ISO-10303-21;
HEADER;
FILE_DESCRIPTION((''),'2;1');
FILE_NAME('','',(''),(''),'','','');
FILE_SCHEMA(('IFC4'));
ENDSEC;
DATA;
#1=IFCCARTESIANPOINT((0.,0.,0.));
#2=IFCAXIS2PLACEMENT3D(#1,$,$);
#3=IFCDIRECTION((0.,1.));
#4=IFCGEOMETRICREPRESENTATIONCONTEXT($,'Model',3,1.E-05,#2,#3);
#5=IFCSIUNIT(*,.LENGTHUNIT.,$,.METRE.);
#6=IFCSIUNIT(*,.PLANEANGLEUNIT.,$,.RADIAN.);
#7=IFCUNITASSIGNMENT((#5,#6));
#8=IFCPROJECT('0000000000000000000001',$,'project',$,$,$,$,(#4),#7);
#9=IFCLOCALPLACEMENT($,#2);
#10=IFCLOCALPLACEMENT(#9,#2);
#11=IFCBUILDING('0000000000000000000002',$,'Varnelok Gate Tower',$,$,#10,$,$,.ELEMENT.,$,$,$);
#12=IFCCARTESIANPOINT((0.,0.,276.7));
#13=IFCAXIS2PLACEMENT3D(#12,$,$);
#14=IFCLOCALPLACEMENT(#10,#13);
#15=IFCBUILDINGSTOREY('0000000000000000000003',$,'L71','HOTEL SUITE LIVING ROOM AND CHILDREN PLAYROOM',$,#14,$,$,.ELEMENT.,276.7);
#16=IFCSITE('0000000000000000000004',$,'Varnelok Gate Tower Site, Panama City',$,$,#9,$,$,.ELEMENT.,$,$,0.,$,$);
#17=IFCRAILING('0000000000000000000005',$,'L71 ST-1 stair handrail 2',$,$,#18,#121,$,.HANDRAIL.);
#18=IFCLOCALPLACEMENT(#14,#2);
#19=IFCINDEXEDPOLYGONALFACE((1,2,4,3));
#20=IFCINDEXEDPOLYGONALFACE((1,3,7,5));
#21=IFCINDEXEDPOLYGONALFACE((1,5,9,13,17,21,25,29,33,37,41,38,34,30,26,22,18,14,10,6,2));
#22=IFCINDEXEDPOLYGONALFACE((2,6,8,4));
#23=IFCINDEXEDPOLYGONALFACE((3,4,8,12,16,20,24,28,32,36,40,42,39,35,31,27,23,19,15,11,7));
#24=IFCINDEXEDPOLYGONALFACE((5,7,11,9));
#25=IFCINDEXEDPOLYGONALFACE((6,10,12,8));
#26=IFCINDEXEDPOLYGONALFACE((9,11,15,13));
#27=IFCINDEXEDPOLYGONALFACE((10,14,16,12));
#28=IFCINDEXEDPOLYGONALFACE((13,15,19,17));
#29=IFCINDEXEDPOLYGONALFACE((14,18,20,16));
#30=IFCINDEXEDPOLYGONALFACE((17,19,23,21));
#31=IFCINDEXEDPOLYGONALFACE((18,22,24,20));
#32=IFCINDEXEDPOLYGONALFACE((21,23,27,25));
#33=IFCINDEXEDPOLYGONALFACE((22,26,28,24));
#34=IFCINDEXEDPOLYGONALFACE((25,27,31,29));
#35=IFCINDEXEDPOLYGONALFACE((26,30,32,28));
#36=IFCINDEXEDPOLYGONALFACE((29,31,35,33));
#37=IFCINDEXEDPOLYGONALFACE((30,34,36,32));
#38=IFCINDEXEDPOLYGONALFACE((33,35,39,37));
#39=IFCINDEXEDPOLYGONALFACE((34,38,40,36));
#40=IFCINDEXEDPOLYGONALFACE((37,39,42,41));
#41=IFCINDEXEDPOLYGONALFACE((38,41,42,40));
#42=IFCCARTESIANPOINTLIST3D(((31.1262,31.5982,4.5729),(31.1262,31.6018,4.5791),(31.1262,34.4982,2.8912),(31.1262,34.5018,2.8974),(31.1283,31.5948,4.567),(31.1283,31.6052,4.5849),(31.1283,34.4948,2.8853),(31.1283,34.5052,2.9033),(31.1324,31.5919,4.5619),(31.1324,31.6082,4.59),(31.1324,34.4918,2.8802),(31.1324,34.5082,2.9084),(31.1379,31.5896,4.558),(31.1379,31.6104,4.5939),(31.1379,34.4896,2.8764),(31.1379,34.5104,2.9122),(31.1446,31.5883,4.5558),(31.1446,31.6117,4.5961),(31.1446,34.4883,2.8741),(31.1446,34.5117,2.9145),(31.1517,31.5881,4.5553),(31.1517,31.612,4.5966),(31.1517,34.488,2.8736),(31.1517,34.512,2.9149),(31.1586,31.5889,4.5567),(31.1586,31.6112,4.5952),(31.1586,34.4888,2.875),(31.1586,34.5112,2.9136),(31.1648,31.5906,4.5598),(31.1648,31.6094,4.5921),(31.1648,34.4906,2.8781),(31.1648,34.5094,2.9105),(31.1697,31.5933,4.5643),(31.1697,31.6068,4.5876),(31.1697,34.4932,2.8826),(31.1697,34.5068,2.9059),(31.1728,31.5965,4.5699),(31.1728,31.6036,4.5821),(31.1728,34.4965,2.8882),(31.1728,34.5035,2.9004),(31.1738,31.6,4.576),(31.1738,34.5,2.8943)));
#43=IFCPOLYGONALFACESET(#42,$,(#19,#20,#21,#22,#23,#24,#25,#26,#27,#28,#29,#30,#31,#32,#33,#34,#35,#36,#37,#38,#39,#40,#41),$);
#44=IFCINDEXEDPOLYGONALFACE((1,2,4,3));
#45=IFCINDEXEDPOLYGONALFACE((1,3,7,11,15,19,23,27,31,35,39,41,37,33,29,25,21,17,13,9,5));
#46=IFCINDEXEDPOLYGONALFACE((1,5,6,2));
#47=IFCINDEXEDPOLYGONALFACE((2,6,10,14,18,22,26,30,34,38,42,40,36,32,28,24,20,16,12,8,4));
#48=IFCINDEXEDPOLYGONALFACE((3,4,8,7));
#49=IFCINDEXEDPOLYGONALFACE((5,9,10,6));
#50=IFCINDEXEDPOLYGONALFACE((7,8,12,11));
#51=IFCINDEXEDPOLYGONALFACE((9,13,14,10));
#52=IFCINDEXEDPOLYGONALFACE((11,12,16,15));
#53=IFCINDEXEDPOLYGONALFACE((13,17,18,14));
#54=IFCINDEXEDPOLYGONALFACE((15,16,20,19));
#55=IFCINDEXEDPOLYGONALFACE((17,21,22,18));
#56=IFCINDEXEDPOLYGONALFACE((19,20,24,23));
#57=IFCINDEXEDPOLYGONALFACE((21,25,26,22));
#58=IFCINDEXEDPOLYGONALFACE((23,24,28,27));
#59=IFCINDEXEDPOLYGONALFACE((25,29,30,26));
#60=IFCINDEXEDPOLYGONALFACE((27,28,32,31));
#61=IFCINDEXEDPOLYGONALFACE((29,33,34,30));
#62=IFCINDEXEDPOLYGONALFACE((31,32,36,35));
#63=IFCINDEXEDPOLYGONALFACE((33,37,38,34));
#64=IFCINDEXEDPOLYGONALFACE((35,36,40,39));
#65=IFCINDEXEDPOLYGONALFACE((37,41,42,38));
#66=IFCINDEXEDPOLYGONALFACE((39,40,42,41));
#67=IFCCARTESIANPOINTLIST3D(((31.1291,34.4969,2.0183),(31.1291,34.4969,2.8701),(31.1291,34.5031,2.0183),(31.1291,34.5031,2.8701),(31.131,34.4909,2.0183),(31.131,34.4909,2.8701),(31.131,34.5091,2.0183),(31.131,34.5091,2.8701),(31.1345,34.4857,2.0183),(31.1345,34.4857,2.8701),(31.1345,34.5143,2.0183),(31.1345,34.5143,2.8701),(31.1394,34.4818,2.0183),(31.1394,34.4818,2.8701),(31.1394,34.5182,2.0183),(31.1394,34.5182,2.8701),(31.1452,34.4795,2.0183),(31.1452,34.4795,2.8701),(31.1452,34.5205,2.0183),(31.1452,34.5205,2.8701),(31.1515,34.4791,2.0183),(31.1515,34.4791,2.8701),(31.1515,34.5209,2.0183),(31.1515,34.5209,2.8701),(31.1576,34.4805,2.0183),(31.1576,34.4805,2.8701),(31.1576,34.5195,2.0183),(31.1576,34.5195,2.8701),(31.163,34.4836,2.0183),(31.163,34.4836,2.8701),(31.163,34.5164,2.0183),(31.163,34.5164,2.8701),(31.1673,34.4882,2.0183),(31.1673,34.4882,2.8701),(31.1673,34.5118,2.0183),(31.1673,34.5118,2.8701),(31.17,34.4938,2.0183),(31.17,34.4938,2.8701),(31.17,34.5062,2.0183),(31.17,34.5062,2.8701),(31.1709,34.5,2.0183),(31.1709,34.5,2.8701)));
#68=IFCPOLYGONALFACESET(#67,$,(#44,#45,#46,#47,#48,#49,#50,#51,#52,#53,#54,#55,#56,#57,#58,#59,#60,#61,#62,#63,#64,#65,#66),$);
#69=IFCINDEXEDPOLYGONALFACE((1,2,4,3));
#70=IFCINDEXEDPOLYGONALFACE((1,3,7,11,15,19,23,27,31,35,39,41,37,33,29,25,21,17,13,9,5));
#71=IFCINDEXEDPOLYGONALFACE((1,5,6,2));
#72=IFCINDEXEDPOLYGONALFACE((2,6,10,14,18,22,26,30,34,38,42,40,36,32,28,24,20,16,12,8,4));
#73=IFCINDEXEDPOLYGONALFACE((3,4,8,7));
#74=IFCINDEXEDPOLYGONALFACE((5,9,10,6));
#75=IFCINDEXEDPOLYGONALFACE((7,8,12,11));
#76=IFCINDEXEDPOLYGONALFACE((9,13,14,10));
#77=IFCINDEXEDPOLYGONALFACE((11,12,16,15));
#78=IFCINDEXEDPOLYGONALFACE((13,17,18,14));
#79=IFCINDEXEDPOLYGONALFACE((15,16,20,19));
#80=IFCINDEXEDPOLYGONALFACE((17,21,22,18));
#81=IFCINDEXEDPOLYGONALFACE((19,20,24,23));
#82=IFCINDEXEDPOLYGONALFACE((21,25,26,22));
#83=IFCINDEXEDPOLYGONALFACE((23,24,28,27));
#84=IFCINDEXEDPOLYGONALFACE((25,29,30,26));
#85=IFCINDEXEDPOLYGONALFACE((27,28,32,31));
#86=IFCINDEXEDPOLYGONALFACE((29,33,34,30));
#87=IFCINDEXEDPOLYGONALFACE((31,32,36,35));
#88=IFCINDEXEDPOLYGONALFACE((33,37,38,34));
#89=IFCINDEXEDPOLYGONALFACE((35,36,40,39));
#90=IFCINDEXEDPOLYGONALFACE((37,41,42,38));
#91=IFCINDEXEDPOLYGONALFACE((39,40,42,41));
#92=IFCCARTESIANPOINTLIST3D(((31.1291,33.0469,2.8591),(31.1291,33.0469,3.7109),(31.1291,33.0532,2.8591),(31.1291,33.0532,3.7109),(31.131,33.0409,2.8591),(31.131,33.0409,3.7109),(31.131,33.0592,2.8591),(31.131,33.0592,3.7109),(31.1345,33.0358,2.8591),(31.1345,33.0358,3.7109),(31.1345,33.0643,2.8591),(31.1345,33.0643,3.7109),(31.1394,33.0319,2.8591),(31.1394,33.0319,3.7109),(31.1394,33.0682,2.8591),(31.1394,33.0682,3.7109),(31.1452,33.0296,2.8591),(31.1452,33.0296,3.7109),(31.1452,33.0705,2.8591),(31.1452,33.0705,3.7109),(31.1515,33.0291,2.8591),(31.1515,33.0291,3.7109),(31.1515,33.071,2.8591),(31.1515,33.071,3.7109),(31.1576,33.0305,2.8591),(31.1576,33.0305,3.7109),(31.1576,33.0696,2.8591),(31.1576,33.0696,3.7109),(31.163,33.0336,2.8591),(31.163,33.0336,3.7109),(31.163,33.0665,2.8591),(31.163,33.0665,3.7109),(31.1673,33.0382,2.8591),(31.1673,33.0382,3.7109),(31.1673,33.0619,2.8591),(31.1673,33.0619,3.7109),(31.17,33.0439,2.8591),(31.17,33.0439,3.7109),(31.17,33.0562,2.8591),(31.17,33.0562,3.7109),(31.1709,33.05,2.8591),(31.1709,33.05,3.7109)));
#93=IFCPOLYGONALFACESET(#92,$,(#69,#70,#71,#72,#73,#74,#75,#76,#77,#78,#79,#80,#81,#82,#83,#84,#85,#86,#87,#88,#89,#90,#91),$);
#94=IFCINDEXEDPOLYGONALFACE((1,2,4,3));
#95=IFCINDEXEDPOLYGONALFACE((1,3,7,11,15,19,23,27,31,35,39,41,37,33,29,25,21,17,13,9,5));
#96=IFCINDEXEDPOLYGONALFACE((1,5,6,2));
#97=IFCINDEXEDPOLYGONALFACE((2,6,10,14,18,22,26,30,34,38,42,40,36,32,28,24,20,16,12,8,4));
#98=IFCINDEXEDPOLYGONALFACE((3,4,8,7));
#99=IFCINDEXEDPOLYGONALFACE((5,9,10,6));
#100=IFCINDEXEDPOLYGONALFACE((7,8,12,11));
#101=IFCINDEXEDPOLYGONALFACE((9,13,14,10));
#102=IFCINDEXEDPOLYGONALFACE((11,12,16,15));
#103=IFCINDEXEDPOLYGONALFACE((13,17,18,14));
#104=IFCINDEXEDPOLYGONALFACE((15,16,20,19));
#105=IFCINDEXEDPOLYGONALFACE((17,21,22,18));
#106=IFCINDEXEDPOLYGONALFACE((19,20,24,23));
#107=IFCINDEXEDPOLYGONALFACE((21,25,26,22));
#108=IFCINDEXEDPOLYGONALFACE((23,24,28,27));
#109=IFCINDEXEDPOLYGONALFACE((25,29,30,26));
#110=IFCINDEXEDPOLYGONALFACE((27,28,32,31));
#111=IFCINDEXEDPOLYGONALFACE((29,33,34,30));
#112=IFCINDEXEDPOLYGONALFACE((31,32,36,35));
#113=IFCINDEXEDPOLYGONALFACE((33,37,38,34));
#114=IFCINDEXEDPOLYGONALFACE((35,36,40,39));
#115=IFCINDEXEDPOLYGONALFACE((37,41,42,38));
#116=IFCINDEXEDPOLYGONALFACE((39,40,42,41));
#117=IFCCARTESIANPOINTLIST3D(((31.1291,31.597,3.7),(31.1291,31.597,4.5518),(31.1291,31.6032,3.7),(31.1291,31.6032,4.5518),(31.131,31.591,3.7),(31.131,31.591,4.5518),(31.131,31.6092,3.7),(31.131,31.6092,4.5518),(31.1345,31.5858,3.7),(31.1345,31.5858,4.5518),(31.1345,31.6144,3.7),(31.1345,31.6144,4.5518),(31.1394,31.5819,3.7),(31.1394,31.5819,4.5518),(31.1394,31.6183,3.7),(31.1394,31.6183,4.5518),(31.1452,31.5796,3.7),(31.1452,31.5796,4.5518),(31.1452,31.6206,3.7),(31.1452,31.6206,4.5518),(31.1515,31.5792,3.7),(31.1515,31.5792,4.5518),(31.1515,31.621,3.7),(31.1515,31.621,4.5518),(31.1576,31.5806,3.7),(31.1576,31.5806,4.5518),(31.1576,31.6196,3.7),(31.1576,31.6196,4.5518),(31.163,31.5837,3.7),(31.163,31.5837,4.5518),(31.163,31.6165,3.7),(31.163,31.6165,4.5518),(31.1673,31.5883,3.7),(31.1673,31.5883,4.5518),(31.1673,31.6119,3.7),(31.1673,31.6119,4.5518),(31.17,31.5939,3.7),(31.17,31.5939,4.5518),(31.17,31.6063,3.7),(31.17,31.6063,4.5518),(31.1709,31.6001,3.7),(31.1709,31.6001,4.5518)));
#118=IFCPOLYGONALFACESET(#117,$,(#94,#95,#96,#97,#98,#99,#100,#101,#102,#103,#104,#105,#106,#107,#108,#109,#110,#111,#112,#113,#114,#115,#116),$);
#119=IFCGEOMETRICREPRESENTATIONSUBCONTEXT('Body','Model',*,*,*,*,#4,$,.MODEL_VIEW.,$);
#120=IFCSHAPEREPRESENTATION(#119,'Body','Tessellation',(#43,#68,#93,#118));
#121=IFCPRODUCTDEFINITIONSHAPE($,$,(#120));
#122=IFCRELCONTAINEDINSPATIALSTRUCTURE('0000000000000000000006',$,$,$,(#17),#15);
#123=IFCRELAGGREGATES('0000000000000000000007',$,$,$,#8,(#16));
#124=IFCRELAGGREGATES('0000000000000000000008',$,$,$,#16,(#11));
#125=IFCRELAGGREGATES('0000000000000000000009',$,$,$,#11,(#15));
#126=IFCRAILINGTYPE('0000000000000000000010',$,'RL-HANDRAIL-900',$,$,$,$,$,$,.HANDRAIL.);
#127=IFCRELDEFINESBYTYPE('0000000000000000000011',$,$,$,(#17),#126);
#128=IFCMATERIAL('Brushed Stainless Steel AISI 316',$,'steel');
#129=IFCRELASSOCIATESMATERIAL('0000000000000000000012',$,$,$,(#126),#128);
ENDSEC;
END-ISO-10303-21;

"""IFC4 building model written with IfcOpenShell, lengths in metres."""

from ifc_helpers import new_model, si_unit, direction, frame, origin, origin_2d, place, context, subcontext, project, spatial, circle, extrude, material, type_object, element, save


model = new_model("IFC4")

# Units and contexts
model_context = context("Model", 3, precision=1e-05, world=origin(), true_north=direction((0.0, 1.0)))
body_context = subcontext(model_context, "Body", "Model", "MODEL_VIEW")
ifc_project = project(units=[si_unit("LENGTHUNIT", "METRE"), si_unit("PLANEANGLEUNIT", "RADIAN")], contexts=[model_context])

# Site, building, storey
site_placement = place(None, origin())
site = spatial("IfcSite", under=ifc_project, at=site_placement, Name="Varnelok Gate Tower Site, Panama City", CompositionType="ELEMENT", RefElevation=0.0)
building_placement = place(site_placement, origin())
building = spatial("IfcBuilding", under=site, at=building_placement, Name="Varnelok Gate Tower", CompositionType="ELEMENT")
storey_placement = place(building_placement, frame((0.0, 0.0, 276.7)))
storey = spatial("IfcBuildingStorey", under=building, at=storey_placement, Name="L71", Description="HOTEL SUITE LIVING ROOM AND CHILDREN PLAYROOM", CompositionType="ELEMENT", Elevation=276.7)

# Railing
ifc_material_1 = material(Name="Brushed Stainless Steel AISI 316", Category="steel")
railing_type_1 = type_object("IfcRailingType", Name="RL-HANDRAIL-900", PredefinedType="HANDRAIL", material=ifc_material_1)
railing_1_placement = place(storey_placement, frame((31.1499, 34.5, 2.0183)))
element("IfcRailing", 1, at=railing_1_placement, inside=storey, type_object=railing_type_1, Name="L71 ST-1 stair handrail 2", PredefinedType="HANDRAIL", context=body_context, shape_type="SweptSolid", body=[
    extrude(circle(Radius=0.0239, at=origin_2d()), frame((0.0, 0.0, 0.876), z_axis=(0.0, -0.86507, 0.501651), x_axis=(1.0, 0.0, 0.0)), (0.0, 0.0, 1.0), 3.3523),
    extrude(circle(Radius=0.021, at=origin_2d()), origin(), (0.0, 0.0, 1.0), 0.8518),
    extrude(circle(Radius=0.021, at=origin_2d()), frame((0.0, -1.45, 0.8408)), (0.0, 0.0, 1.0), 0.8518),
    extrude(circle(Radius=0.021, at=origin_2d()), frame((0.0, -2.8999, 1.6816)), (0.0, 0.0, 1.0), 0.8518),
])

save(model, "model.ifc")
